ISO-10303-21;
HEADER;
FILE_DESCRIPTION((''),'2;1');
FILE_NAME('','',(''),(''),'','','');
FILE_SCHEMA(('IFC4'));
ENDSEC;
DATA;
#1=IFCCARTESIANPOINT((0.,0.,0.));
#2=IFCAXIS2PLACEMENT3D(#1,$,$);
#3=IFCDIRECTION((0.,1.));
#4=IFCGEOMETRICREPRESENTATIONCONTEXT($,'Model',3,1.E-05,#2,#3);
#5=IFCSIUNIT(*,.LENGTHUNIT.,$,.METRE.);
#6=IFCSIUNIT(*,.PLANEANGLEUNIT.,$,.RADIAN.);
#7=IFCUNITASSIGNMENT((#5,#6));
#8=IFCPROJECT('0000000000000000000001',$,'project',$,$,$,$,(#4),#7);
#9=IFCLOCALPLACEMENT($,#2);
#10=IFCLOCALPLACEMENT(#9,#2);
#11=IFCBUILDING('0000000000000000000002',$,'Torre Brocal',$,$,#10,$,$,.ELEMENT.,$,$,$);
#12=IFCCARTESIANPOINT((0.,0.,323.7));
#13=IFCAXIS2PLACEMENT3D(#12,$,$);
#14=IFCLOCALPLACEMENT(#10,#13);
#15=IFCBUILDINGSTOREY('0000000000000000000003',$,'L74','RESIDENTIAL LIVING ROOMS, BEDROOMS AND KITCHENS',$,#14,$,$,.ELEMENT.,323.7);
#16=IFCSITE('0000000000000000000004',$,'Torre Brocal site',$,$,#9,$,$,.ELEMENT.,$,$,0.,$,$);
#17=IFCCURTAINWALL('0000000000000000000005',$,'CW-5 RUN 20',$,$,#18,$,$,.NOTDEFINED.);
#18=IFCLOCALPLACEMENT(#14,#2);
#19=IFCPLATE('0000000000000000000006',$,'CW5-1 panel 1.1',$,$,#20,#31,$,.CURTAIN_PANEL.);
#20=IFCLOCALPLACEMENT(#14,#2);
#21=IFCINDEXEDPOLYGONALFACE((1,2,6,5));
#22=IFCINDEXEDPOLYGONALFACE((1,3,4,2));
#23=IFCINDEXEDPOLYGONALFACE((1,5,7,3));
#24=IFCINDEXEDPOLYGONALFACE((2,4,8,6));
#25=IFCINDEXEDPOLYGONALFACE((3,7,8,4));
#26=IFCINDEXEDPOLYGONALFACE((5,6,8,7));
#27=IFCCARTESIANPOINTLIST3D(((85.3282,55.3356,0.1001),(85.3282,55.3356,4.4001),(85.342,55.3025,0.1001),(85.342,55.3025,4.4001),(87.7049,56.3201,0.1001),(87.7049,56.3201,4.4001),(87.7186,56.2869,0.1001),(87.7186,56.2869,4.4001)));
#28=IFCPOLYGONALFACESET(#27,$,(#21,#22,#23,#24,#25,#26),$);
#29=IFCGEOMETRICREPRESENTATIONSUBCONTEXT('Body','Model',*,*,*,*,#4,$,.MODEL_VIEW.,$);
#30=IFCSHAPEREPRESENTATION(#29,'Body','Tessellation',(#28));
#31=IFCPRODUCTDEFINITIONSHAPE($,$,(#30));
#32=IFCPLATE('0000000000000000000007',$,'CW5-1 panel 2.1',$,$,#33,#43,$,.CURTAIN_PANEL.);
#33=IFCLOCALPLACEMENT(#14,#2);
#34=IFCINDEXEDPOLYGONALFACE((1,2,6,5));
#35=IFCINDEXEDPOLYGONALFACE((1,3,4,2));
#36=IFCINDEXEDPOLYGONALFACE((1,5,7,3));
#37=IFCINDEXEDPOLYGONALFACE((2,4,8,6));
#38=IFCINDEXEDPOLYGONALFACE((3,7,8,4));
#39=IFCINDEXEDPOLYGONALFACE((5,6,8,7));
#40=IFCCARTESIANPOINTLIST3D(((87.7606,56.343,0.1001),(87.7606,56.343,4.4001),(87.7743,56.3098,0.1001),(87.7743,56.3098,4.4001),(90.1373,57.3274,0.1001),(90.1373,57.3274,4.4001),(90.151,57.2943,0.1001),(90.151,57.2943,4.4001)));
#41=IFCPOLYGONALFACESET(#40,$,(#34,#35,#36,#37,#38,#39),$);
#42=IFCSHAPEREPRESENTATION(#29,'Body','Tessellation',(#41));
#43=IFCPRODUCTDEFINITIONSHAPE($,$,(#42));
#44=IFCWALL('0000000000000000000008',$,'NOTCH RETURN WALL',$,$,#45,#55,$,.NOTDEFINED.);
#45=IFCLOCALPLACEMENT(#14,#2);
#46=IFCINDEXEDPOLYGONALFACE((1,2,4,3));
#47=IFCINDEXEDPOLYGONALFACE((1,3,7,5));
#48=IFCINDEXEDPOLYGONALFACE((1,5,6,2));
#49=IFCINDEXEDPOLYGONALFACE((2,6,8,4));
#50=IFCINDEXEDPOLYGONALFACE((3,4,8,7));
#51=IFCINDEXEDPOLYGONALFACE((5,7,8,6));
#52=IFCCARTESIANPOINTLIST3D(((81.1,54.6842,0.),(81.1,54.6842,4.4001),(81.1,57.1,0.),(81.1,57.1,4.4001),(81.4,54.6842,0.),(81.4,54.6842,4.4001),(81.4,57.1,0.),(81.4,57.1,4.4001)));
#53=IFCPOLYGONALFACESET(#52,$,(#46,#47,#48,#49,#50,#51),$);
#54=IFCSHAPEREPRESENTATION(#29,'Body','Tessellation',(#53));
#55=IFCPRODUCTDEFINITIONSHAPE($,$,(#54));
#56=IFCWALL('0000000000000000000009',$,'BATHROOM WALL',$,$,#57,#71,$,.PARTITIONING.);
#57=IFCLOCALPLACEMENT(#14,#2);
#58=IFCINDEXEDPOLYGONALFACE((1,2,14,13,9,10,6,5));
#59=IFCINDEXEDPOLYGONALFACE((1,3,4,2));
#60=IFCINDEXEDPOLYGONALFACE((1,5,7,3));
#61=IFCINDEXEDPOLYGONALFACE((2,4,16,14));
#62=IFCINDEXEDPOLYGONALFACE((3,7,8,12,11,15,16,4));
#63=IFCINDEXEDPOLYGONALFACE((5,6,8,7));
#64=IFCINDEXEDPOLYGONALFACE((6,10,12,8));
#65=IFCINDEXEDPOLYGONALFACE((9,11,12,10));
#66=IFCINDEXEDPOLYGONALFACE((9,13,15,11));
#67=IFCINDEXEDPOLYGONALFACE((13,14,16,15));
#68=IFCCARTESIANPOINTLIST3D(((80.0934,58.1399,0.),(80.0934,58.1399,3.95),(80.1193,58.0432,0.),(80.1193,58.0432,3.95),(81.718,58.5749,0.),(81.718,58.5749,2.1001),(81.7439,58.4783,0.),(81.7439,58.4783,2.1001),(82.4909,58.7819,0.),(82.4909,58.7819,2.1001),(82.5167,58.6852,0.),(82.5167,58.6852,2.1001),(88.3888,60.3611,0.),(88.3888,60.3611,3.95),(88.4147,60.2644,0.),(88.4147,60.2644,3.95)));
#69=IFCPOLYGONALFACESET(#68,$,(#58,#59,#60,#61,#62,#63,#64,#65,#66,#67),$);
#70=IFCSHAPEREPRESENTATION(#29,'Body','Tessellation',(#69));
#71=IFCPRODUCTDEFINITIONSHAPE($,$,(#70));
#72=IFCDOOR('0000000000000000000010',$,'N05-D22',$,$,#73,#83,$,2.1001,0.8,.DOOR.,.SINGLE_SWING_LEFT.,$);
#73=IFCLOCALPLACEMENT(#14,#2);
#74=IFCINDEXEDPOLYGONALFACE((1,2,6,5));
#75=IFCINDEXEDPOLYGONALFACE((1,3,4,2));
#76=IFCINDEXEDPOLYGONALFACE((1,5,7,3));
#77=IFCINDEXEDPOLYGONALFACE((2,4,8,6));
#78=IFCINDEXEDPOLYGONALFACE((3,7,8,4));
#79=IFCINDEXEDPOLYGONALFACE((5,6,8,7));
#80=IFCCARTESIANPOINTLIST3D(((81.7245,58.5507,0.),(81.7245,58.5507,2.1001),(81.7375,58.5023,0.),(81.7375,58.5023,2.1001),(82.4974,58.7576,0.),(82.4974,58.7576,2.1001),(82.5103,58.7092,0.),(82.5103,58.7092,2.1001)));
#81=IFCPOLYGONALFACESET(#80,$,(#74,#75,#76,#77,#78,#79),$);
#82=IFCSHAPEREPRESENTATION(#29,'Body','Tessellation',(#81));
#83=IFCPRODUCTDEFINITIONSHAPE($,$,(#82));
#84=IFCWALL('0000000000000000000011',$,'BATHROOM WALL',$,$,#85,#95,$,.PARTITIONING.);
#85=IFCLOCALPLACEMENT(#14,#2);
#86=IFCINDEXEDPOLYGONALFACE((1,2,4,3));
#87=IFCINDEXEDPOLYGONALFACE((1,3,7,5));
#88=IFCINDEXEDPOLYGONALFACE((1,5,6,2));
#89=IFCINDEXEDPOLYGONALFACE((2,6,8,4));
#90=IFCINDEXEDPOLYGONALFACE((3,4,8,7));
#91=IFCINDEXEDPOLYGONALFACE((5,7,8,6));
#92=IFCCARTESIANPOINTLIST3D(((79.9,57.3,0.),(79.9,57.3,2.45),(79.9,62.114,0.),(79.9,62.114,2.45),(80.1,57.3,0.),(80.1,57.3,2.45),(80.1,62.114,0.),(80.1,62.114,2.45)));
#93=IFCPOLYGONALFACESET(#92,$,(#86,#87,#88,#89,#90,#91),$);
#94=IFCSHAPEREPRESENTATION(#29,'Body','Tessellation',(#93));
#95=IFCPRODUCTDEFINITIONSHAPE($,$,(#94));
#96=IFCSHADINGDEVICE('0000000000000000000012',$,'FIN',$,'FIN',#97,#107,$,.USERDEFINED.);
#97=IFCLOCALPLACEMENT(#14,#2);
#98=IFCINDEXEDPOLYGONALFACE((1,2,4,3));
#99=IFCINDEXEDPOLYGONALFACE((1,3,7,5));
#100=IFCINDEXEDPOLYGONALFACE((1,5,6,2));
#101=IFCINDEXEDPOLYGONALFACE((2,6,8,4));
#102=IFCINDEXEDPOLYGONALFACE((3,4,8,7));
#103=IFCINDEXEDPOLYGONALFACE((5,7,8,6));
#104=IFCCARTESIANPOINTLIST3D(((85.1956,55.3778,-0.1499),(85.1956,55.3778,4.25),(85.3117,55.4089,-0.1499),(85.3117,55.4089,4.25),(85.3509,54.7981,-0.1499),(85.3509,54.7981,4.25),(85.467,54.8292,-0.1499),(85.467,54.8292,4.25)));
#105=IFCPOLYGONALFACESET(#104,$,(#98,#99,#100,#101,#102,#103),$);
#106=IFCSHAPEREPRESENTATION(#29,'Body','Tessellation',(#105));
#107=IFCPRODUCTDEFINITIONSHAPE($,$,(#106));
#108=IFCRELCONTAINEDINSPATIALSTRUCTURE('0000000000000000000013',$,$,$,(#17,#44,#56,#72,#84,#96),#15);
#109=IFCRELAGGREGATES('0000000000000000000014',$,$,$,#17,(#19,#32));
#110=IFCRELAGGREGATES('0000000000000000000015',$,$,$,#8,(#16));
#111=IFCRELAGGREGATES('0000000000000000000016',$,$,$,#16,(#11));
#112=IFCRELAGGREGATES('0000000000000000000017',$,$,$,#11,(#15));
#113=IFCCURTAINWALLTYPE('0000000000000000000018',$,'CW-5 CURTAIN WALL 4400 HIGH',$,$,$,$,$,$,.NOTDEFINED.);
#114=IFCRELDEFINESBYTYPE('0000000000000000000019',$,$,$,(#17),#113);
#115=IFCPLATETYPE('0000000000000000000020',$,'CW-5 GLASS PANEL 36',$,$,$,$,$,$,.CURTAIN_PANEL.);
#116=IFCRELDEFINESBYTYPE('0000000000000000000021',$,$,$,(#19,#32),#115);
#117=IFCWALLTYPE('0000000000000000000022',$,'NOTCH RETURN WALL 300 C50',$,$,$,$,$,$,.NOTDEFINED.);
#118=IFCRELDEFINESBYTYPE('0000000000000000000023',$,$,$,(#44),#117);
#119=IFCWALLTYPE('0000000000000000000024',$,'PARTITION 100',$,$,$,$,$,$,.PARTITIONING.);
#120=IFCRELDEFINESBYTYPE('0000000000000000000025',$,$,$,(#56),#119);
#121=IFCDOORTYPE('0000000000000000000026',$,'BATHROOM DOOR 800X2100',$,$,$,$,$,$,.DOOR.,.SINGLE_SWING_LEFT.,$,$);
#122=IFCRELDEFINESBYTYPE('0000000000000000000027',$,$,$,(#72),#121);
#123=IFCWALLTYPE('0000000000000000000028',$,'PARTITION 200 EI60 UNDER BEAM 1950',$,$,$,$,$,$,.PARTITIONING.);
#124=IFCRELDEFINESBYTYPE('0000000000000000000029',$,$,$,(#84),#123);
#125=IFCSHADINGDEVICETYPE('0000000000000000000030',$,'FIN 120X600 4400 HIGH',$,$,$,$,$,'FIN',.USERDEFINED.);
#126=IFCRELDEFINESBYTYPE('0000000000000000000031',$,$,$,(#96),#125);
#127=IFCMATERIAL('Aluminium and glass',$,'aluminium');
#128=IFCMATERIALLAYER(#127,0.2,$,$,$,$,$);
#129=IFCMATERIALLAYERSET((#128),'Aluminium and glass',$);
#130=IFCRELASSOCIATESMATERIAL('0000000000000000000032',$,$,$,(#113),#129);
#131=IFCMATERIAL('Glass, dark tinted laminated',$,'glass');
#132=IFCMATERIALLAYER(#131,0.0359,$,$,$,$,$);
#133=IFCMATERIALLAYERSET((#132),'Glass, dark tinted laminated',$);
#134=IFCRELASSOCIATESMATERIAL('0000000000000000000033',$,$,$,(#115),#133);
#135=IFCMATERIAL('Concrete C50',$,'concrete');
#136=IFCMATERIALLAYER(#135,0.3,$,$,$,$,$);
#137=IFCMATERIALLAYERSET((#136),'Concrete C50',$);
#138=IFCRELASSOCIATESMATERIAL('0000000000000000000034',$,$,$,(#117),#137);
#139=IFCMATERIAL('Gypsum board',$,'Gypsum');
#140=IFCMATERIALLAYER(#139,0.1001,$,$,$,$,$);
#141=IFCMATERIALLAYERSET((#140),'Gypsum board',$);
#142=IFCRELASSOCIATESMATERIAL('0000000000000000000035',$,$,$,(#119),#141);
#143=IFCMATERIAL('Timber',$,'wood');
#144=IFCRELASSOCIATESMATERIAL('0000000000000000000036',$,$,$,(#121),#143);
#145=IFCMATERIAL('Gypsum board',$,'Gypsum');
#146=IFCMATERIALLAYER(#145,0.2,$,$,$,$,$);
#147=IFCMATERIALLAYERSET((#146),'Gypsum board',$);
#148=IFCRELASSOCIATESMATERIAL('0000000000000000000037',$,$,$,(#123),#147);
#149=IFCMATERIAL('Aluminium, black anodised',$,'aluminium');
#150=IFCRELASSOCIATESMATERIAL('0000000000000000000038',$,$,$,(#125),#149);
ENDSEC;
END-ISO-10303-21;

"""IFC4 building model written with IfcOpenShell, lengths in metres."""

from ifc_helpers import new_model, si_unit, direction, frame, frame_2d, origin, origin_2d, place, context, subcontext, project, spatial, rectangle, extrude, material, layer, layer_set, material_profile, profile_set, type_object, element, fill, aggregate, save


model = new_model("IFC4")

# Units and contexts
model_context = context("Model", 3, precision=1e-05, world=origin(), true_north=direction((0.0, 1.0)))
body_context = subcontext(model_context, "Body", "Model", "MODEL_VIEW")
ifc_project = project(units=[si_unit("LENGTHUNIT", "METRE"), si_unit("PLANEANGLEUNIT", "RADIAN")], contexts=[model_context])

# Site, building, storey
site_placement = place(None, origin())
site = spatial("IfcSite", under=ifc_project, at=site_placement, Name="Torre Brocal site", CompositionType="ELEMENT", RefElevation=0.0)
building_placement = place(site_placement, origin())
building = spatial("IfcBuilding", under=site, at=building_placement, Name="Torre Brocal", CompositionType="ELEMENT")
storey_placement = place(building_placement, frame((0.0, 0.0, 323.7)))
storey = spatial("IfcBuildingStorey", under=building, at=storey_placement, Name="L74", Description="RESIDENTIAL LIVING ROOMS, BEDROOMS AND KITCHENS", CompositionType="ELEMENT", Elevation=323.7)

# Curtain wall
ifc_material_1 = material(Name="Aluminium and glass", Category="aluminium")
ifc_layer_1 = layer(ifc_material_1, 0.2)
ifc_layer_set_1 = layer_set([ifc_layer_1], Name="Aluminium and glass")
curtain_wall_type = type_object("IfcCurtainWallType", Name="CW-5 CURTAIN WALL 4400 HIGH", PredefinedType="NOTDEFINED", material=ifc_layer_set_1)
curtain_wall_1_placement = place(storey_placement, origin())
curtain_wall_1 = element("IfcCurtainWall", 1, at=curtain_wall_1_placement, inside=storey, type_object=curtain_wall_type, Name="CW-5 RUN 20", PredefinedType="NOTDEFINED")

# Plates
ifc_material_2 = material(Name="Glass, dark tinted laminated", Category="glass")
ifc_layer_2 = layer(ifc_material_2, 0.0359)
ifc_layer_set_2 = layer_set([ifc_layer_2], Name="Glass, dark tinted laminated")
plate_type = type_object("IfcPlateType", Name="CW-5 GLASS PANEL 36", PredefinedType="CURTAIN_PANEL", material=ifc_layer_set_2)
plate_1_placement = place(storey_placement, frame((86.5234, 55.8113, 0.1001), z_axis=(0.0, 0.0, 1.0), x_axis=(0.92388, 0.382683, 0.0)))
plate_1 = element("IfcPlate", 2, at=plate_1_placement, type_object=plate_type, Name="CW5-1 panel 1.1", PredefinedType="CURTAIN_PANEL", context=body_context, shape_type="SweptSolid", body=[
    extrude(rectangle(XDim=2.5725, YDim=0.0359, at=origin_2d()), origin(), (0.0, 0.0, 1.0), 4.3),
])
plate_2_placement = place(storey_placement, frame((88.9558, 56.8186, 0.1001), z_axis=(0.0, 0.0, 1.0), x_axis=(0.92388, 0.382683, 0.0)))
plate_2 = element("IfcPlate", 3, at=plate_2_placement, type_object=plate_type, Name="CW5-1 panel 2.1", PredefinedType="CURTAIN_PANEL", context=body_context, shape_type="SweptSolid", body=[
    extrude(rectangle(XDim=2.5725, YDim=0.0359, at=origin_2d()), origin(), (0.0, 0.0, 1.0), 4.3),
])
aggregate(curtain_wall_1, [plate_1, plate_2])

# Wall
ifc_material_3 = material(Name="Concrete C50", Category="concrete")
ifc_layer_3 = layer(ifc_material_3, 0.3)
ifc_layer_set_3 = layer_set([ifc_layer_3], Name="Concrete C50")
wall_type_1 = type_object("IfcWallType", Name="NOTCH RETURN WALL 300 C50", PredefinedType="NOTDEFINED", material=ifc_layer_set_3)
wall_1_placement = place(storey_placement, frame((81.25, 57.1001, 0.0), z_axis=(0.0, 0.0, 1.0), x_axis=(0.0, -1.0, 0.0)))
element("IfcWall", 4, at=wall_1_placement, inside=storey, type_object=wall_type_1, Name="NOTCH RETURN WALL", PredefinedType="NOTDEFINED", context=body_context, shape_type="SweptSolid", body=[
    extrude(rectangle(XDim=2.4158, YDim=0.3, at=frame_2d((1.208, 0.0))), origin(), (0.0, 0.0, 1.0), 4.4001),
])

# Wall, opening, door
ifc_material_4 = material(Name="Gypsum board", Category="Gypsum")
ifc_layer_4 = layer(ifc_material_4, 0.1001)
ifc_layer_set_4 = layer_set([ifc_layer_4], Name="Gypsum board")
wall_type_2 = type_object("IfcWallType", Name="PARTITION 100", PredefinedType="PARTITIONING", material=ifc_layer_set_4)
wall_2_placement = place(storey_placement, frame((80.1062, 58.0916, 0.0), z_axis=(0.0, 0.0, 1.0), x_axis=(0.965971, 0.25865, 0.0)))
wall_2 = element("IfcWall", 5, at=wall_2_placement, inside=storey, type_object=wall_type_2, Name="BATHROOM WALL", PredefinedType="PARTITIONING", context=body_context, shape_type="SweptSolid", body=[
    extrude(rectangle(XDim=8.5876, YDim=0.1001, at=frame_2d((4.2939, 0.0))), origin(), (0.0, 0.0, 1.0), 3.95),
])
opening_placement = place(wall_2_placement, frame((1.6821, 0.0, 0.0)))
opening = element("IfcOpeningElement", 6, at=opening_placement, cuts=wall_2, PredefinedType="OPENING", context=body_context, shape_type="SweptSolid", body=[
    extrude(rectangle(XDim=0.8, YDim=2.1001, at=frame_2d((0.3999, 1.05))), frame((0.0, 0.0601, 0.0), z_axis=(0.0, -1.0, 0.0), x_axis=(1.0, 0.0, 0.0)), (0.0, 0.0, 1.0), 0.1201),
])
ifc_material_5 = material(Name="Timber", Category="wood")
door_type = type_object("IfcDoorType", Name="BATHROOM DOOR 800X2100", OperationType="SINGLE_SWING_LEFT", PredefinedType="DOOR", material=ifc_material_5)
door_placement = place(opening_placement, origin())
door = element("IfcDoor", 7, at=door_placement, inside=storey, type_object=door_type, Name="N05-D22", OperationType="SINGLE_SWING_LEFT", OverallHeight=2.1001, OverallWidth=0.8, PredefinedType="DOOR", context=body_context, shape_type="SweptSolid", body=[
    extrude(rectangle(XDim=0.8, YDim=2.1001, at=frame_2d((0.3999, 1.05))), frame((0.0, 0.0249, 0.0), z_axis=(0.0, -1.0, 0.0), x_axis=(1.0, 0.0, 0.0)), (0.0, 0.0, 1.0), 0.05),
])
fill(opening, door)

# Wall
ifc_material_6 = material(Name="Gypsum board", Category="Gypsum")
ifc_layer_5 = layer(ifc_material_6, 0.2)
ifc_layer_set_5 = layer_set([ifc_layer_5], Name="Gypsum board")
wall_type_3 = type_object("IfcWallType", Name="PARTITION 200 EI60 UNDER BEAM 1950", PredefinedType="PARTITIONING", material=ifc_layer_set_5)
wall_3_placement = place(storey_placement, frame((80.0, 57.3, 0.0), z_axis=(0.0, 0.0, 1.0), x_axis=(0.0, 1.0, 0.0)))
element("IfcWall", 8, at=wall_3_placement, inside=storey, type_object=wall_type_3, Name="BATHROOM WALL", PredefinedType="PARTITIONING", context=body_context, shape_type="SweptSolid", body=[
    extrude(rectangle(XDim=4.814, YDim=0.2, at=frame_2d((2.407, 0.0))), origin(), (0.0, 0.0, 1.0), 2.45),
])

# Shading device
ifc_material_7 = material(Name="Aluminium, black anodised", Category="aluminium")
ifc_material_profile_1 = material_profile(ifc_material_7, rectangle(XDim=0.1201, YDim=0.6001, at=origin_2d()), Name="FIN 120X600 4400 HIGH")
ifc_profile_set_1 = profile_set([ifc_material_profile_1], Name="Aluminium, black anodised")
shading_device_type = type_object("IfcShadingDeviceType", Name="FIN 120X600 4400 HIGH", ElementType="FIN", PredefinedType="USERDEFINED", material=ifc_profile_set_1)
shading_device_placement = place(storey_placement, frame((85.3313, 55.1035, -0.1499), z_axis=(0.0, 0.0, 1.0), x_axis=(0.965926, 0.258819, 0.0)))
element("IfcShadingDevice", 9, at=shading_device_placement, inside=storey, type_object=shading_device_type, Name="FIN", ObjectType="FIN", PredefinedType="USERDEFINED", context=body_context, shape_type="SweptSolid", body=[
    extrude(rectangle(XDim=0.1201, YDim=0.6001, at=origin_2d()), origin(), (0.0, 0.0, 1.0), 4.3999),
])

save(model, "model.ifc")
